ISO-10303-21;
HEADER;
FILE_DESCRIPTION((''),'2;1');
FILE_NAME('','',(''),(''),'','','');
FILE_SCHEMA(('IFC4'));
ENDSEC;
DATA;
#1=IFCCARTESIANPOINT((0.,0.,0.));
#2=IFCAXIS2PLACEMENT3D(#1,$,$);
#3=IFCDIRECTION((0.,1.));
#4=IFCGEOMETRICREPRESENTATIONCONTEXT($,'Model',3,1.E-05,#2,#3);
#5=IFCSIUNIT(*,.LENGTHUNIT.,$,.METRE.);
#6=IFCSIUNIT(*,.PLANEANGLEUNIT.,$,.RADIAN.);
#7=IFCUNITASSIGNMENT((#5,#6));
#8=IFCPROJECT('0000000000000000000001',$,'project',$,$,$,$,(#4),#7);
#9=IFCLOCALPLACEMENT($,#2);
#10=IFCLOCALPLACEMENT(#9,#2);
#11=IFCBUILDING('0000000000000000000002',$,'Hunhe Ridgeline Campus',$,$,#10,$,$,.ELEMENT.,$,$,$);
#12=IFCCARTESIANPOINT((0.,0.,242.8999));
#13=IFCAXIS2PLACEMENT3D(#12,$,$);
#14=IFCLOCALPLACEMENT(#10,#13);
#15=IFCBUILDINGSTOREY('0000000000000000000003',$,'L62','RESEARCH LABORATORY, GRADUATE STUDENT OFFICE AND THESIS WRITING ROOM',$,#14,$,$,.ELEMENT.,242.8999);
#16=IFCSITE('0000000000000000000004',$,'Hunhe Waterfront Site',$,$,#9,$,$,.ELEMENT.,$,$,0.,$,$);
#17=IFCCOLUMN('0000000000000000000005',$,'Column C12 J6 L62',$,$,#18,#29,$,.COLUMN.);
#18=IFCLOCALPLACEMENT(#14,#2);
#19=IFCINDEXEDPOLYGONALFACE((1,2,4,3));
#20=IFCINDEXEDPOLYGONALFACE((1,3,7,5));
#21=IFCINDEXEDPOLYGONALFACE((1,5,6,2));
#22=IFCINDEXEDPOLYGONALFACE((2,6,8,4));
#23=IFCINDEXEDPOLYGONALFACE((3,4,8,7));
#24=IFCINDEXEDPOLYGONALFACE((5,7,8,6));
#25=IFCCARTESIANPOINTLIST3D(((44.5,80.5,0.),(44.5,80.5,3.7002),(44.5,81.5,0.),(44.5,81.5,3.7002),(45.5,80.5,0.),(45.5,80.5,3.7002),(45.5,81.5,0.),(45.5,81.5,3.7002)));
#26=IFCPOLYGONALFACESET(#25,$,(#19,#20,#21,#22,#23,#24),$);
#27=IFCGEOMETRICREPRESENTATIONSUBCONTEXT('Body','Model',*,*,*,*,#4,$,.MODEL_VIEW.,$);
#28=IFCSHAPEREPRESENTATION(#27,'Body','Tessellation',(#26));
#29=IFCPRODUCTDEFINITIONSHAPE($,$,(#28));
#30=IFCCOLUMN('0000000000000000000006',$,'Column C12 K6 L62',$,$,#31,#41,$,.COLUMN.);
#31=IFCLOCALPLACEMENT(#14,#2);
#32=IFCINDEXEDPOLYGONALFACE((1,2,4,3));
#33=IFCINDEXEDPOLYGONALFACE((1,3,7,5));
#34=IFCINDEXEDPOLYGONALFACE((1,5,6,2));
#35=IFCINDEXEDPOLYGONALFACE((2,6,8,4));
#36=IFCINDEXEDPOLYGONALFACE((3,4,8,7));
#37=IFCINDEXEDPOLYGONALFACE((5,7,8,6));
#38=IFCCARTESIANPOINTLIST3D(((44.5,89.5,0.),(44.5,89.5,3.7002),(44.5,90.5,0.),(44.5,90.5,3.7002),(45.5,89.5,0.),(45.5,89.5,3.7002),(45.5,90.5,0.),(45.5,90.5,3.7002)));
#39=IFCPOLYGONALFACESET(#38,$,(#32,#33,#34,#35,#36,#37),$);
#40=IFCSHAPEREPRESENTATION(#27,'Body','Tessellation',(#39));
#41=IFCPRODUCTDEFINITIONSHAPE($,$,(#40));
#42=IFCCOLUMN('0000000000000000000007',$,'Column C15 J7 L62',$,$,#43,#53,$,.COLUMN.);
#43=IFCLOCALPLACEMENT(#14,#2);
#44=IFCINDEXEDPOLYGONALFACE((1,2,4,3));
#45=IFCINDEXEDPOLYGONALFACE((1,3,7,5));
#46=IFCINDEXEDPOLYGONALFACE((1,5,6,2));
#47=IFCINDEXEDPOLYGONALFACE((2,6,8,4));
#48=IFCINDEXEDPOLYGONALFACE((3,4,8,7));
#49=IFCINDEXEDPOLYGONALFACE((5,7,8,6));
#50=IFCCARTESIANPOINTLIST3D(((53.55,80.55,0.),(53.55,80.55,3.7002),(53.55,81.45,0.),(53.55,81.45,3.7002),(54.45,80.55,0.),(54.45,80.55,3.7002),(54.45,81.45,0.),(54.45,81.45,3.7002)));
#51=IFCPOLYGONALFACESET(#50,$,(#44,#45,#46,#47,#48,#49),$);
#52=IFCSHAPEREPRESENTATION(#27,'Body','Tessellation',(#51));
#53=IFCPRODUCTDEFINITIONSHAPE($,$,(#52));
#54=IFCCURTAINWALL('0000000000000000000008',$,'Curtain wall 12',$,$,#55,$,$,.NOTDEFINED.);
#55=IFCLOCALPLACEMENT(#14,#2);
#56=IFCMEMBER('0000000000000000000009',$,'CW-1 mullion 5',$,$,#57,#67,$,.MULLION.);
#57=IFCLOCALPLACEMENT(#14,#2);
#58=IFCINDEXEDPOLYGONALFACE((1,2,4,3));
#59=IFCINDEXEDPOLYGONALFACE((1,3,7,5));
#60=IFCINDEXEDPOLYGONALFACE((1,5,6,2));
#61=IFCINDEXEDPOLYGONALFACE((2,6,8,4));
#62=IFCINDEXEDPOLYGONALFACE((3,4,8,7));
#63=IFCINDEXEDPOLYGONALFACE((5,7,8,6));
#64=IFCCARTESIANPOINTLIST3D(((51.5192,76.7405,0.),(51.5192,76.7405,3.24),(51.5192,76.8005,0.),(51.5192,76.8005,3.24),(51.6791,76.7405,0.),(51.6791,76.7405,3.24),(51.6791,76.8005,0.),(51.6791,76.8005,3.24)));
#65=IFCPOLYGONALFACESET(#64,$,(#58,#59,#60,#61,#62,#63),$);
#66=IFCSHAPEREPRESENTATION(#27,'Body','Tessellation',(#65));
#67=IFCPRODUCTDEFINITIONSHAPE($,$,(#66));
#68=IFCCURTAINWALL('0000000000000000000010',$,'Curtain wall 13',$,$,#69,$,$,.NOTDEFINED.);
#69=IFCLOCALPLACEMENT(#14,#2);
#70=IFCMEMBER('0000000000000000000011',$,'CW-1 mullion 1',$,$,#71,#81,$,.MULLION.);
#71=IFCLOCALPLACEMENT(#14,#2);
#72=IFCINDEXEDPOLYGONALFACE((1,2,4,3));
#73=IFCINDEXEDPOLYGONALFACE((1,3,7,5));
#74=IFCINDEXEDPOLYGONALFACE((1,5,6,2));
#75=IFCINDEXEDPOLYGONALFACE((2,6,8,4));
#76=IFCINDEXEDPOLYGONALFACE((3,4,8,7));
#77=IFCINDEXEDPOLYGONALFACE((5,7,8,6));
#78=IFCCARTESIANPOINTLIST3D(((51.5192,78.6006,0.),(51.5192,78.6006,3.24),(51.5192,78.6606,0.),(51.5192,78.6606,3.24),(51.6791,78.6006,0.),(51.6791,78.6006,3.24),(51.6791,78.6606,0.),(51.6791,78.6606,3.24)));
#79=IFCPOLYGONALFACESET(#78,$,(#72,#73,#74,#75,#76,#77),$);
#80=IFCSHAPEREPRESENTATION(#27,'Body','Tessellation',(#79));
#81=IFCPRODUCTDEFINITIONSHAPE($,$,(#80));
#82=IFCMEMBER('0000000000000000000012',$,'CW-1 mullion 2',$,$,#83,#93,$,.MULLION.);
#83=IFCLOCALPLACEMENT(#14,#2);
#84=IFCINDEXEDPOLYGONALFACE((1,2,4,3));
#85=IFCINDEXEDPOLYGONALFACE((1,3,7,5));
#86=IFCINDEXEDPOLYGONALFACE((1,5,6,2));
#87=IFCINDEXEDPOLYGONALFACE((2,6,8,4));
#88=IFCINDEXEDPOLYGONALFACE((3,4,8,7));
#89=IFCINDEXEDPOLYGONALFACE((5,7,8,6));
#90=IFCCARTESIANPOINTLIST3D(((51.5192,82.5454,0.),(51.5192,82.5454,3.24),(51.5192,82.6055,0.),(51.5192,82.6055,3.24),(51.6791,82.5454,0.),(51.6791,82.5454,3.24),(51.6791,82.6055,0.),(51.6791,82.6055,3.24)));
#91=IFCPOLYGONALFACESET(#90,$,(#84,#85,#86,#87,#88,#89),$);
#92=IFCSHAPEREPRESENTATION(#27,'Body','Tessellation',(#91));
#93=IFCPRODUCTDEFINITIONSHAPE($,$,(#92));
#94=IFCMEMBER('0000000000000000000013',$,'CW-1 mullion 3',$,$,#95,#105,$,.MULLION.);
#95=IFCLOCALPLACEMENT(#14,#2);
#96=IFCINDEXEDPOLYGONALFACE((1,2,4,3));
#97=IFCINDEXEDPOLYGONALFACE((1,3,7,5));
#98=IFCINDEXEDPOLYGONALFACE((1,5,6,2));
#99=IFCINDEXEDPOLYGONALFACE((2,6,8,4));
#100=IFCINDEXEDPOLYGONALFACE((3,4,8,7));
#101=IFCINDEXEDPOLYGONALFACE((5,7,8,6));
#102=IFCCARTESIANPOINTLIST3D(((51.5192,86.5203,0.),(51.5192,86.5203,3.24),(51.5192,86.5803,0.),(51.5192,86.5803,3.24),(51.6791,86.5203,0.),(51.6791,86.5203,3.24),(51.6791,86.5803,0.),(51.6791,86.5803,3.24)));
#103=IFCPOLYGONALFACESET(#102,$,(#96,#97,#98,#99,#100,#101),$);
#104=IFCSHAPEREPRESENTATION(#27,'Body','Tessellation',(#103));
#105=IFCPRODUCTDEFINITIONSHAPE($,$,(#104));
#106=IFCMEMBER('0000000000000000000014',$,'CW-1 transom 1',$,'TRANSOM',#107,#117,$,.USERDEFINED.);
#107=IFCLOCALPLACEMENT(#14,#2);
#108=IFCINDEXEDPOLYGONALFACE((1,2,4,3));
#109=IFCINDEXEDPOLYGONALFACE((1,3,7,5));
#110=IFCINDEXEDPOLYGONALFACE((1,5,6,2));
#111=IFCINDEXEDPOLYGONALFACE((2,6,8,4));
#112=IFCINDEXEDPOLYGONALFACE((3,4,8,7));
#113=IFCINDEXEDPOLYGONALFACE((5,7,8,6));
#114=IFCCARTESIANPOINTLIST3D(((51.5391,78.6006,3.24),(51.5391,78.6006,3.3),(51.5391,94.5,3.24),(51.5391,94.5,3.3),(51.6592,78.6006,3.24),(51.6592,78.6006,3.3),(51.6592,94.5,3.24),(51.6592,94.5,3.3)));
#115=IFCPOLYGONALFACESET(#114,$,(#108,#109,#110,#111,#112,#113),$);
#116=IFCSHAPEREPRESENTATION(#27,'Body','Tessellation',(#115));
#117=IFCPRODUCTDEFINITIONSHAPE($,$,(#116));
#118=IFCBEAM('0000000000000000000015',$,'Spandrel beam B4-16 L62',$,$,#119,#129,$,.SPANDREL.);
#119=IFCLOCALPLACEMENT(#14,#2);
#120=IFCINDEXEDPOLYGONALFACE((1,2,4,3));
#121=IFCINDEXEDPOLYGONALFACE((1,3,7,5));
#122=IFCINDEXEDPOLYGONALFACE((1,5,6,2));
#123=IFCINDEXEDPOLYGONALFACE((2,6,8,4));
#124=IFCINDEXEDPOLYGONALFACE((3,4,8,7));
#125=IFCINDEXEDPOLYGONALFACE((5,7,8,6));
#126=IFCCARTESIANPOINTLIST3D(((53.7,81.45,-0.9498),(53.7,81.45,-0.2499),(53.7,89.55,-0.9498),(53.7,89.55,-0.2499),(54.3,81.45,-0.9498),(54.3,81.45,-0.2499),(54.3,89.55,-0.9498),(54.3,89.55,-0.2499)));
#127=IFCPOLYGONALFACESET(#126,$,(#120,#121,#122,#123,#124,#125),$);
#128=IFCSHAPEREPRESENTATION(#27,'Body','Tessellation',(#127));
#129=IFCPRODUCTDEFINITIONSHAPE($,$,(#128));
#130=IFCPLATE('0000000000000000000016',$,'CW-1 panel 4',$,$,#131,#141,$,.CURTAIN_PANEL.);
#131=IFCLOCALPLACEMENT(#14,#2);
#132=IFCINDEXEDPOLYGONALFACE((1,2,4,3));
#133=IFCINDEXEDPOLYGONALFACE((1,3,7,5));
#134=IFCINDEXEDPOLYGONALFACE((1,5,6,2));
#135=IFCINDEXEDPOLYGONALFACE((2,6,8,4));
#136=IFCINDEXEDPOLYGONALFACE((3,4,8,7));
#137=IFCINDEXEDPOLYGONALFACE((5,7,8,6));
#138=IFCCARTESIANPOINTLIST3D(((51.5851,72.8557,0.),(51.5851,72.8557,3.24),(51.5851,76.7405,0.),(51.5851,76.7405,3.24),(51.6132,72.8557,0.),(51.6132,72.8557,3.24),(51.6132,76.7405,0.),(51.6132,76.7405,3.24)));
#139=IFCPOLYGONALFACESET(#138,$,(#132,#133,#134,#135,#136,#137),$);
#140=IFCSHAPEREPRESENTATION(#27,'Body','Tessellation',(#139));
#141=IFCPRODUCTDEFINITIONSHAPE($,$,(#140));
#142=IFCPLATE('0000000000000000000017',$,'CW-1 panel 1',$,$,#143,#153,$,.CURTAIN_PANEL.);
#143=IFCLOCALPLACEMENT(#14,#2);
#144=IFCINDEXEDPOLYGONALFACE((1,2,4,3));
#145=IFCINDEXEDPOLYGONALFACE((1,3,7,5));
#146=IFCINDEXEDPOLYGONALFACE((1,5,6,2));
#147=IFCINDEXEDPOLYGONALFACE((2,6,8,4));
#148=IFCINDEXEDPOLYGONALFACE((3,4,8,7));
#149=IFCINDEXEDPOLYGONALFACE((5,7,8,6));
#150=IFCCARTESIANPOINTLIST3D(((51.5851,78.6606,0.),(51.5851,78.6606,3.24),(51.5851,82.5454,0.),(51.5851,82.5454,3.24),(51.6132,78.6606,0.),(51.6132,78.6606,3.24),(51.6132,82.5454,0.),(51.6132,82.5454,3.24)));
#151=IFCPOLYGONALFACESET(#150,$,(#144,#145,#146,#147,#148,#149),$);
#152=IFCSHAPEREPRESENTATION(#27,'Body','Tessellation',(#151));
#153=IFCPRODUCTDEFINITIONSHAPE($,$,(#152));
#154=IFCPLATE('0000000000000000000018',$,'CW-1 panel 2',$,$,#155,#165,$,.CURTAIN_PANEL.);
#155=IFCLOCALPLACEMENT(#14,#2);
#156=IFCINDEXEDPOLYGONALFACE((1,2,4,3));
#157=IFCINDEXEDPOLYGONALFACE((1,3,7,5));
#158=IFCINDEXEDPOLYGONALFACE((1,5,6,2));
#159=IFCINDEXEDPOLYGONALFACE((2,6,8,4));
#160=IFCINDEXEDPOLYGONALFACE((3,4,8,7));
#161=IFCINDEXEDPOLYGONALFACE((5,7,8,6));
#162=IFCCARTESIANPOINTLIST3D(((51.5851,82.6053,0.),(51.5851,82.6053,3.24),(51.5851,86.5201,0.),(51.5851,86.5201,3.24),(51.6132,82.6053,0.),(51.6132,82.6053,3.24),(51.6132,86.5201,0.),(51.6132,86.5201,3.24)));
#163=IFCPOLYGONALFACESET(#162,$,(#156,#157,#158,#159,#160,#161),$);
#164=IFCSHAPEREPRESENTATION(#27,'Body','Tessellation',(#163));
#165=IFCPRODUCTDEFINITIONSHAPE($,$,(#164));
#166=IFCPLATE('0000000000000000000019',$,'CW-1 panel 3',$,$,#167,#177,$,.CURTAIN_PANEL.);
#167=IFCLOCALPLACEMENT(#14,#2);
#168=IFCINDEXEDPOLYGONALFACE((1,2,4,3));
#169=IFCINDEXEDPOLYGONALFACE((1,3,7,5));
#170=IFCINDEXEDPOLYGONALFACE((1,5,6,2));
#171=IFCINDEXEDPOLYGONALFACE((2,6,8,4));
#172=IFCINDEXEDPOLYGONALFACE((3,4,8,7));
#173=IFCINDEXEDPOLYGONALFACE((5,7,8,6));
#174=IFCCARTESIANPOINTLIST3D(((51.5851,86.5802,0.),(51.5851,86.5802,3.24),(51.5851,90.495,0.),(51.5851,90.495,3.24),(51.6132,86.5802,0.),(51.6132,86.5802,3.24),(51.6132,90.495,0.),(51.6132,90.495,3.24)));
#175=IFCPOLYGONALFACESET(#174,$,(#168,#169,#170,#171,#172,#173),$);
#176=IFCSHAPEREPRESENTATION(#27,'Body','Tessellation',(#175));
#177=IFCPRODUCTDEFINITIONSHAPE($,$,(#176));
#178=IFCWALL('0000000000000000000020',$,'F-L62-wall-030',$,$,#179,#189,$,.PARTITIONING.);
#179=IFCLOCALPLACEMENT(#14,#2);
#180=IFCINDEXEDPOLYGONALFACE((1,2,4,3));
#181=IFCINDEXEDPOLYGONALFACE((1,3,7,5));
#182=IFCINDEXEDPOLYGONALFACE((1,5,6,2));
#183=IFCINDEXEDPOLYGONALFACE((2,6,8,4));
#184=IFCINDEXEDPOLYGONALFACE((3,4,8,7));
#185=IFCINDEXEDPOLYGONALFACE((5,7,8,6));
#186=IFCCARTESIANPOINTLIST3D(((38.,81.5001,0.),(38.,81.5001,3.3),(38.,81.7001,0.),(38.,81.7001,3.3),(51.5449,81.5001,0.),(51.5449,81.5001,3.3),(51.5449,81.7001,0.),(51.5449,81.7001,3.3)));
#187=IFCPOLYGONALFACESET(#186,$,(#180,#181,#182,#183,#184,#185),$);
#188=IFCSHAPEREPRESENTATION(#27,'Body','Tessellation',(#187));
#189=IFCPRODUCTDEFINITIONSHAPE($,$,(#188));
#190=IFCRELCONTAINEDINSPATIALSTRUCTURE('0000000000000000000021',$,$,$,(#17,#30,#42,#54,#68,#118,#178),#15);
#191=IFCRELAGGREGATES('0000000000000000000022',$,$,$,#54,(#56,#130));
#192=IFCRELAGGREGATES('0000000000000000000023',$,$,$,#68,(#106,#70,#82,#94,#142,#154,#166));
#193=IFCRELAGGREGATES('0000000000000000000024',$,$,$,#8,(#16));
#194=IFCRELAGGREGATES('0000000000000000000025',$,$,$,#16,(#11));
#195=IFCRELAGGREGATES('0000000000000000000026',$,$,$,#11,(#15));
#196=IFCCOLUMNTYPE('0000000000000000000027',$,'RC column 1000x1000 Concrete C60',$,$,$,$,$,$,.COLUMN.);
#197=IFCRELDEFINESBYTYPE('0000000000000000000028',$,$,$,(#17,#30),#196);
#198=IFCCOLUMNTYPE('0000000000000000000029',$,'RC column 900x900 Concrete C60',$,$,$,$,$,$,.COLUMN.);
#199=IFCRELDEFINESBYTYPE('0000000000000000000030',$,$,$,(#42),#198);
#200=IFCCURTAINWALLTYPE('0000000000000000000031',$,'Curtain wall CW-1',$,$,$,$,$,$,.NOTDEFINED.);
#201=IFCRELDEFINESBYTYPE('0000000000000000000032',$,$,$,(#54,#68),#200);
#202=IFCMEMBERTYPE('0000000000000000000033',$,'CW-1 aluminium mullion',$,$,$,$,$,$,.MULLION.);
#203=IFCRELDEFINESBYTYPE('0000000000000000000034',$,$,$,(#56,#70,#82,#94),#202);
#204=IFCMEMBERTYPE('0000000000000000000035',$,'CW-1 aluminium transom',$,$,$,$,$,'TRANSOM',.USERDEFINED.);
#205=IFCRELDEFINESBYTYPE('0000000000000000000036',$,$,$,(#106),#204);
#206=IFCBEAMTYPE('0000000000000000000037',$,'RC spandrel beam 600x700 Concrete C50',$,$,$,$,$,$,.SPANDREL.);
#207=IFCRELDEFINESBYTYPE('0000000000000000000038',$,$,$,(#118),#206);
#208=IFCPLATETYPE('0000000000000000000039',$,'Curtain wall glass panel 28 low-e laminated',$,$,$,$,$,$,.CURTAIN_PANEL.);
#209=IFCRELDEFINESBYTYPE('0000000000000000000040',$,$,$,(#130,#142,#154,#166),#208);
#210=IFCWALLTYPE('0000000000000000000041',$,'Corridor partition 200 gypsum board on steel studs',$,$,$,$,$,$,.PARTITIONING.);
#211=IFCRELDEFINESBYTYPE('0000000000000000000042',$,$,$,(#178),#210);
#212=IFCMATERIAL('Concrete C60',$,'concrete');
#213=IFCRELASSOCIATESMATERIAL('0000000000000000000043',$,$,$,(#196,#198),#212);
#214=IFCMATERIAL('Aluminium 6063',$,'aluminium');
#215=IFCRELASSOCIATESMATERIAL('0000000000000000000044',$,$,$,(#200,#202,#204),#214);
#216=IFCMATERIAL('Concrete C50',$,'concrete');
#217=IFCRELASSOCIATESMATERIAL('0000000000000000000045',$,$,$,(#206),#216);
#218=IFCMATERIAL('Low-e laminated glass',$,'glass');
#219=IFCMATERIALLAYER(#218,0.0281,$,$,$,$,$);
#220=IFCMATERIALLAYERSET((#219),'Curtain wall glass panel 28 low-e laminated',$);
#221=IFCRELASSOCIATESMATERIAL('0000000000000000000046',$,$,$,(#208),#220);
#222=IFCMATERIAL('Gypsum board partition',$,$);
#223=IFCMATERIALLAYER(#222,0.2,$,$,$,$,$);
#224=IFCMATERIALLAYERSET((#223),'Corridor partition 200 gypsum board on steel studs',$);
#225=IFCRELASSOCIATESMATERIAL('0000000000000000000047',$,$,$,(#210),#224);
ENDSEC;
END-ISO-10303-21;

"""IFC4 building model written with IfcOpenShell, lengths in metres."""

from ifc_helpers import new_model, si_unit, direction, frame, frame_2d, origin, origin_2d, place, context, subcontext, project, spatial, rectangle, extrude, material, layer, layer_set, material_profile, profile_set, type_object, element, aggregate, save


model = new_model("IFC4")

# Units and contexts
model_context = context("Model", 3, precision=1e-05, world=origin(), true_north=direction((0.0, 1.0)))
body_context = subcontext(model_context, "Body", "Model", "MODEL_VIEW")
ifc_project = project(units=[si_unit("LENGTHUNIT", "METRE"), si_unit("PLANEANGLEUNIT", "RADIAN")], contexts=[model_context])

# Site, building, storey
site_placement = place(None, origin())
site = spatial("IfcSite", under=ifc_project, at=site_placement, Name="Hunhe Waterfront Site", CompositionType="ELEMENT", RefElevation=0.0)
building_placement = place(site_placement, origin())
building = spatial("IfcBuilding", under=site, at=building_placement, Name="Hunhe Ridgeline Campus", CompositionType="ELEMENT")
storey_placement = place(building_placement, frame((0.0, 0.0, 242.8999)))
storey = spatial("IfcBuildingStorey", under=building, at=storey_placement, Name="L62", Description="RESEARCH LABORATORY, GRADUATE STUDENT OFFICE AND THESIS WRITING ROOM", CompositionType="ELEMENT", Elevation=242.8999)

# Columns
ifc_material_1 = material(Name="Concrete C60", Category="concrete")
ifc_material_profile_1 = material_profile(ifc_material_1, rectangle(XDim=1.0, YDim=1.0, at=origin_2d()))
ifc_profile_set_1 = profile_set([ifc_material_profile_1], Name="Concrete C60")
column_type_1 = type_object("IfcColumnType", Name="RC column 1000x1000 Concrete C60", PredefinedType="COLUMN", material=ifc_profile_set_1)
for number, where, z_axis, x_axis, name in (
    (1, (45.0, 81.0, 0.0), (0.0, 0.0, 1.0), (1.0, 0.0, 0.0), "Column C12 J6 L62"),
    (2, (45.0, 90.0, 0.0), (0.0, 0.0, 1.0), (1.0, 0.0, 0.0), "Column C12 K6 L62"),
):
    element("IfcColumn", number, at=place(storey_placement, frame(where, z_axis=z_axis, x_axis=x_axis)), inside=storey, type_object=column_type_1, Name=name, PredefinedType="COLUMN", context=body_context, shape_type="SweptSolid", body=[
        extrude(rectangle(XDim=1.0, YDim=1.0, at=origin_2d()), origin(), (0.0, 0.0, 1.0), 3.7002),
    ])
ifc_material_profile_2 = material_profile(ifc_material_1, rectangle(XDim=0.8999, YDim=0.8999, at=origin_2d()))
ifc_profile_set_2 = profile_set([ifc_material_profile_2], Name="Concrete C60")
column_type_2 = type_object("IfcColumnType", Name="RC column 900x900 Concrete C60", PredefinedType="COLUMN", material=ifc_profile_set_2)
column_placement = place(storey_placement, frame((54.0, 81.0, 0.0), z_axis=(0.0, 0.0, 1.0), x_axis=(1.0, 0.0, 0.0)))
element("IfcColumn", 3, at=column_placement, inside=storey, type_object=column_type_2, Name="Column C15 J7 L62", PredefinedType="COLUMN", context=body_context, shape_type="SweptSolid", body=[
    extrude(rectangle(XDim=0.8999, YDim=0.8999, at=origin_2d()), origin(), (0.0, 0.0, 1.0), 3.7002),
])

# Curtain wall, member
ifc_material_2 = material(Name="Aluminium 6063", Category="aluminium")
curtain_wall_type = type_object("IfcCurtainWallType", Name="Curtain wall CW-1", PredefinedType="NOTDEFINED", material=ifc_material_2)
curtain_wall_1_placement = place(storey_placement, origin())
curtain_wall_1 = element("IfcCurtainWall", 4, at=curtain_wall_1_placement, inside=storey, type_object=curtain_wall_type, Name="Curtain wall 12", PredefinedType="NOTDEFINED")
ifc_material_profile_3 = material_profile(ifc_material_2, rectangle(XDim=0.1599, YDim=0.0601, at=origin_2d()))
ifc_profile_set_3 = profile_set([ifc_material_profile_3], Name="Aluminium 6063")
member_type_1 = type_object("IfcMemberType", Name="CW-1 aluminium mullion", PredefinedType="MULLION", material=ifc_profile_set_3)
member_1_placement = place(storey_placement, frame((51.5991, 76.7705, 0.0), z_axis=(0.0, 0.0, 1.0), x_axis=(-1.0, 0.0, 0.0)))
member_1 = element("IfcMember", 5, at=member_1_placement, type_object=member_type_1, Name="CW-1 mullion 5", PredefinedType="MULLION", context=body_context, shape_type="SweptSolid", body=[
    extrude(rectangle(XDim=0.1599, YDim=0.0601, at=origin_2d()), origin(), (0.0, 0.0, 1.0), 3.24),
])

# Curtain wall, members
curtain_wall_2_placement = place(storey_placement, origin())
curtain_wall_2 = element("IfcCurtainWall", 6, at=curtain_wall_2_placement, inside=storey, type_object=curtain_wall_type, Name="Curtain wall 13", PredefinedType="NOTDEFINED")
member_2_placement = place(storey_placement, frame((51.5991, 78.6306, 0.0), z_axis=(0.0, 0.0, 1.0), x_axis=(-1.0, 0.0, 0.0)))
member_2 = element("IfcMember", 7, at=member_2_placement, type_object=member_type_1, Name="CW-1 mullion 1", PredefinedType="MULLION", context=body_context, shape_type="SweptSolid", body=[
    extrude(rectangle(XDim=0.1599, YDim=0.0601, at=origin_2d()), origin(), (0.0, 0.0, 1.0), 3.24),
])
member_3_placement = place(storey_placement, frame((51.5991, 82.5754, 0.0), z_axis=(0.0, 0.0, 1.0), x_axis=(-1.0, 0.0, 0.0)))
member_3 = element("IfcMember", 8, at=member_3_placement, type_object=member_type_1, Name="CW-1 mullion 2", PredefinedType="MULLION", context=body_context, shape_type="SweptSolid", body=[
    extrude(rectangle(XDim=0.1599, YDim=0.0601, at=origin_2d()), origin(), (0.0, 0.0, 1.0), 3.24),
])
member_4_placement = place(storey_placement, frame((51.5991, 86.5503, 0.0), z_axis=(0.0, 0.0, 1.0), x_axis=(-1.0, 0.0, 0.0)))
member_4 = element("IfcMember", 9, at=member_4_placement, type_object=member_type_1, Name="CW-1 mullion 3", PredefinedType="MULLION", context=body_context, shape_type="SweptSolid", body=[
    extrude(rectangle(XDim=0.1599, YDim=0.0601, at=origin_2d()), origin(), (0.0, 0.0, 1.0), 3.24),
])
ifc_material_profile_4 = material_profile(ifc_material_2, rectangle(XDim=0.1201, YDim=0.0601, at=origin_2d()))
ifc_profile_set_4 = profile_set([ifc_material_profile_4], Name="Aluminium 6063")
member_type_2 = type_object("IfcMemberType", Name="CW-1 aluminium transom", ElementType="TRANSOM", PredefinedType="USERDEFINED", material=ifc_profile_set_4)
member_5_placement = place(storey_placement, frame((51.5991, 78.6006, 3.27), z_axis=(0.0, 1.0, 0.0), x_axis=(-1.0, 0.0, 0.0)))
member_5 = element("IfcMember", 10, at=member_5_placement, type_object=member_type_2, Name="CW-1 transom 1", ObjectType="TRANSOM", PredefinedType="USERDEFINED", context=body_context, shape_type="SweptSolid", body=[
    extrude(rectangle(XDim=0.1201, YDim=0.0601, at=origin_2d()), origin(), (0.0, 0.0, 1.0), 15.8994),
])

# Beam
ifc_material_3 = material(Name="Concrete C50", Category="concrete")
ifc_material_profile_5 = material_profile(ifc_material_3, rectangle(XDim=0.6001, YDim=0.7, at=origin_2d()))
ifc_profile_set_5 = profile_set([ifc_material_profile_5], Name="Concrete C50")
beam_type = type_object("IfcBeamType", Name="RC spandrel beam 600x700 Concrete C50", PredefinedType="SPANDREL", material=ifc_profile_set_5)
beam_placement = place(storey_placement, frame((54.0, 81.45, -0.5999), z_axis=(0.0, 1.0, 0.0), x_axis=(-1.0, 0.0, 0.0)))
element("IfcBeam", 11, at=beam_placement, inside=storey, type_object=beam_type, Name="Spandrel beam B4-16 L62", PredefinedType="SPANDREL", context=body_context, shape_type="SweptSolid", body=[
    extrude(rectangle(XDim=0.6001, YDim=0.7, at=origin_2d()), origin(), (0.0, 0.0, 1.0), 8.1001),
])

# Plates
ifc_material_4 = material(Name="Low-e laminated glass", Category="glass")
ifc_layer_1 = layer(ifc_material_4, 0.0281)
ifc_layer_set_1 = layer_set([ifc_layer_1], Name="Curtain wall glass panel 28 low-e laminated")
plate_type = type_object("IfcPlateType", Name="Curtain wall glass panel 28 low-e laminated", PredefinedType="CURTAIN_PANEL", material=ifc_layer_set_1)
plate_1_placement = place(storey_placement, frame((51.5991, 74.7981, 0.0), z_axis=(0.0, 0.0, 1.0), x_axis=(0.0, 1.0, 0.0)))
plate_1 = element("IfcPlate", 12, at=plate_1_placement, type_object=plate_type, Name="CW-1 panel 4", PredefinedType="CURTAIN_PANEL", context=body_context, shape_type="SweptSolid", body=[
    extrude(rectangle(XDim=3.8848, YDim=0.0281, at=origin_2d()), origin(), (0.0, 0.0, 1.0), 3.24),
])
aggregate(curtain_wall_1, [member_1, plate_1])
plate_2_placement = place(storey_placement, frame((51.5991, 80.603, 0.0), z_axis=(0.0, 0.0, 1.0), x_axis=(0.0, 1.0, 0.0)))
plate_2 = element("IfcPlate", 13, at=plate_2_placement, type_object=plate_type, Name="CW-1 panel 1", PredefinedType="CURTAIN_PANEL", context=body_context, shape_type="SweptSolid", body=[
    extrude(rectangle(XDim=3.8848, YDim=0.0281, at=origin_2d()), origin(), (0.0, 0.0, 1.0), 3.24),
])
plate_3_placement = place(storey_placement, frame((51.5991, 84.5627, 0.0), z_axis=(0.0, 0.0, 1.0), x_axis=(0.0, 1.0, 0.0)))
plate_3 = element("IfcPlate", 14, at=plate_3_placement, type_object=plate_type, Name="CW-1 panel 2", PredefinedType="CURTAIN_PANEL", context=body_context, shape_type="SweptSolid", body=[
    extrude(rectangle(XDim=3.9148, YDim=0.0281, at=origin_2d()), origin(), (0.0, 0.0, 1.0), 3.24),
])
plate_4_placement = place(storey_placement, frame((51.5991, 88.5376, 0.0), z_axis=(0.0, 0.0, 1.0), x_axis=(0.0, 1.0, 0.0)))
plate_4 = element("IfcPlate", 15, at=plate_4_placement, type_object=plate_type, Name="CW-1 panel 3", PredefinedType="CURTAIN_PANEL", context=body_context, shape_type="SweptSolid", body=[
    extrude(rectangle(XDim=3.9148, YDim=0.0281, at=origin_2d()), origin(), (0.0, 0.0, 1.0), 3.24),
])
aggregate(curtain_wall_2, [member_5, member_2, member_3, member_4, plate_2, plate_3, plate_4])

# Shared definitions
ifc_material_5 = material(Name="Gypsum board partition")
ifc_layer_2 = layer(ifc_material_5, 0.2)
ifc_layer_set_2 = layer_set([ifc_layer_2], Name="Corridor partition 200 gypsum board on steel studs")
wall_type_1 = type_object("IfcWallType", Name="Corridor partition 200 gypsum board on steel studs", PredefinedType="PARTITIONING", material=ifc_layer_set_2)

# Wall
wall_1_placement = place(storey_placement, frame((51.5449, 81.6001, 0.0), z_axis=(0.0, 0.0, 1.0), x_axis=(-1.0, 0.0, 0.0)))
element("IfcWall", 16, at=wall_1_placement, inside=storey, type_object=wall_type_1, Name="F-L62-wall-030", PredefinedType="PARTITIONING", context=body_context, shape_type="SweptSolid", body=[
    extrude(rectangle(XDim=13.5449, YDim=0.2, at=frame_2d((6.7725, 0.0))), origin(), (0.0, 0.0, 1.0), 3.3),
])

save(model, "model.ifc")
